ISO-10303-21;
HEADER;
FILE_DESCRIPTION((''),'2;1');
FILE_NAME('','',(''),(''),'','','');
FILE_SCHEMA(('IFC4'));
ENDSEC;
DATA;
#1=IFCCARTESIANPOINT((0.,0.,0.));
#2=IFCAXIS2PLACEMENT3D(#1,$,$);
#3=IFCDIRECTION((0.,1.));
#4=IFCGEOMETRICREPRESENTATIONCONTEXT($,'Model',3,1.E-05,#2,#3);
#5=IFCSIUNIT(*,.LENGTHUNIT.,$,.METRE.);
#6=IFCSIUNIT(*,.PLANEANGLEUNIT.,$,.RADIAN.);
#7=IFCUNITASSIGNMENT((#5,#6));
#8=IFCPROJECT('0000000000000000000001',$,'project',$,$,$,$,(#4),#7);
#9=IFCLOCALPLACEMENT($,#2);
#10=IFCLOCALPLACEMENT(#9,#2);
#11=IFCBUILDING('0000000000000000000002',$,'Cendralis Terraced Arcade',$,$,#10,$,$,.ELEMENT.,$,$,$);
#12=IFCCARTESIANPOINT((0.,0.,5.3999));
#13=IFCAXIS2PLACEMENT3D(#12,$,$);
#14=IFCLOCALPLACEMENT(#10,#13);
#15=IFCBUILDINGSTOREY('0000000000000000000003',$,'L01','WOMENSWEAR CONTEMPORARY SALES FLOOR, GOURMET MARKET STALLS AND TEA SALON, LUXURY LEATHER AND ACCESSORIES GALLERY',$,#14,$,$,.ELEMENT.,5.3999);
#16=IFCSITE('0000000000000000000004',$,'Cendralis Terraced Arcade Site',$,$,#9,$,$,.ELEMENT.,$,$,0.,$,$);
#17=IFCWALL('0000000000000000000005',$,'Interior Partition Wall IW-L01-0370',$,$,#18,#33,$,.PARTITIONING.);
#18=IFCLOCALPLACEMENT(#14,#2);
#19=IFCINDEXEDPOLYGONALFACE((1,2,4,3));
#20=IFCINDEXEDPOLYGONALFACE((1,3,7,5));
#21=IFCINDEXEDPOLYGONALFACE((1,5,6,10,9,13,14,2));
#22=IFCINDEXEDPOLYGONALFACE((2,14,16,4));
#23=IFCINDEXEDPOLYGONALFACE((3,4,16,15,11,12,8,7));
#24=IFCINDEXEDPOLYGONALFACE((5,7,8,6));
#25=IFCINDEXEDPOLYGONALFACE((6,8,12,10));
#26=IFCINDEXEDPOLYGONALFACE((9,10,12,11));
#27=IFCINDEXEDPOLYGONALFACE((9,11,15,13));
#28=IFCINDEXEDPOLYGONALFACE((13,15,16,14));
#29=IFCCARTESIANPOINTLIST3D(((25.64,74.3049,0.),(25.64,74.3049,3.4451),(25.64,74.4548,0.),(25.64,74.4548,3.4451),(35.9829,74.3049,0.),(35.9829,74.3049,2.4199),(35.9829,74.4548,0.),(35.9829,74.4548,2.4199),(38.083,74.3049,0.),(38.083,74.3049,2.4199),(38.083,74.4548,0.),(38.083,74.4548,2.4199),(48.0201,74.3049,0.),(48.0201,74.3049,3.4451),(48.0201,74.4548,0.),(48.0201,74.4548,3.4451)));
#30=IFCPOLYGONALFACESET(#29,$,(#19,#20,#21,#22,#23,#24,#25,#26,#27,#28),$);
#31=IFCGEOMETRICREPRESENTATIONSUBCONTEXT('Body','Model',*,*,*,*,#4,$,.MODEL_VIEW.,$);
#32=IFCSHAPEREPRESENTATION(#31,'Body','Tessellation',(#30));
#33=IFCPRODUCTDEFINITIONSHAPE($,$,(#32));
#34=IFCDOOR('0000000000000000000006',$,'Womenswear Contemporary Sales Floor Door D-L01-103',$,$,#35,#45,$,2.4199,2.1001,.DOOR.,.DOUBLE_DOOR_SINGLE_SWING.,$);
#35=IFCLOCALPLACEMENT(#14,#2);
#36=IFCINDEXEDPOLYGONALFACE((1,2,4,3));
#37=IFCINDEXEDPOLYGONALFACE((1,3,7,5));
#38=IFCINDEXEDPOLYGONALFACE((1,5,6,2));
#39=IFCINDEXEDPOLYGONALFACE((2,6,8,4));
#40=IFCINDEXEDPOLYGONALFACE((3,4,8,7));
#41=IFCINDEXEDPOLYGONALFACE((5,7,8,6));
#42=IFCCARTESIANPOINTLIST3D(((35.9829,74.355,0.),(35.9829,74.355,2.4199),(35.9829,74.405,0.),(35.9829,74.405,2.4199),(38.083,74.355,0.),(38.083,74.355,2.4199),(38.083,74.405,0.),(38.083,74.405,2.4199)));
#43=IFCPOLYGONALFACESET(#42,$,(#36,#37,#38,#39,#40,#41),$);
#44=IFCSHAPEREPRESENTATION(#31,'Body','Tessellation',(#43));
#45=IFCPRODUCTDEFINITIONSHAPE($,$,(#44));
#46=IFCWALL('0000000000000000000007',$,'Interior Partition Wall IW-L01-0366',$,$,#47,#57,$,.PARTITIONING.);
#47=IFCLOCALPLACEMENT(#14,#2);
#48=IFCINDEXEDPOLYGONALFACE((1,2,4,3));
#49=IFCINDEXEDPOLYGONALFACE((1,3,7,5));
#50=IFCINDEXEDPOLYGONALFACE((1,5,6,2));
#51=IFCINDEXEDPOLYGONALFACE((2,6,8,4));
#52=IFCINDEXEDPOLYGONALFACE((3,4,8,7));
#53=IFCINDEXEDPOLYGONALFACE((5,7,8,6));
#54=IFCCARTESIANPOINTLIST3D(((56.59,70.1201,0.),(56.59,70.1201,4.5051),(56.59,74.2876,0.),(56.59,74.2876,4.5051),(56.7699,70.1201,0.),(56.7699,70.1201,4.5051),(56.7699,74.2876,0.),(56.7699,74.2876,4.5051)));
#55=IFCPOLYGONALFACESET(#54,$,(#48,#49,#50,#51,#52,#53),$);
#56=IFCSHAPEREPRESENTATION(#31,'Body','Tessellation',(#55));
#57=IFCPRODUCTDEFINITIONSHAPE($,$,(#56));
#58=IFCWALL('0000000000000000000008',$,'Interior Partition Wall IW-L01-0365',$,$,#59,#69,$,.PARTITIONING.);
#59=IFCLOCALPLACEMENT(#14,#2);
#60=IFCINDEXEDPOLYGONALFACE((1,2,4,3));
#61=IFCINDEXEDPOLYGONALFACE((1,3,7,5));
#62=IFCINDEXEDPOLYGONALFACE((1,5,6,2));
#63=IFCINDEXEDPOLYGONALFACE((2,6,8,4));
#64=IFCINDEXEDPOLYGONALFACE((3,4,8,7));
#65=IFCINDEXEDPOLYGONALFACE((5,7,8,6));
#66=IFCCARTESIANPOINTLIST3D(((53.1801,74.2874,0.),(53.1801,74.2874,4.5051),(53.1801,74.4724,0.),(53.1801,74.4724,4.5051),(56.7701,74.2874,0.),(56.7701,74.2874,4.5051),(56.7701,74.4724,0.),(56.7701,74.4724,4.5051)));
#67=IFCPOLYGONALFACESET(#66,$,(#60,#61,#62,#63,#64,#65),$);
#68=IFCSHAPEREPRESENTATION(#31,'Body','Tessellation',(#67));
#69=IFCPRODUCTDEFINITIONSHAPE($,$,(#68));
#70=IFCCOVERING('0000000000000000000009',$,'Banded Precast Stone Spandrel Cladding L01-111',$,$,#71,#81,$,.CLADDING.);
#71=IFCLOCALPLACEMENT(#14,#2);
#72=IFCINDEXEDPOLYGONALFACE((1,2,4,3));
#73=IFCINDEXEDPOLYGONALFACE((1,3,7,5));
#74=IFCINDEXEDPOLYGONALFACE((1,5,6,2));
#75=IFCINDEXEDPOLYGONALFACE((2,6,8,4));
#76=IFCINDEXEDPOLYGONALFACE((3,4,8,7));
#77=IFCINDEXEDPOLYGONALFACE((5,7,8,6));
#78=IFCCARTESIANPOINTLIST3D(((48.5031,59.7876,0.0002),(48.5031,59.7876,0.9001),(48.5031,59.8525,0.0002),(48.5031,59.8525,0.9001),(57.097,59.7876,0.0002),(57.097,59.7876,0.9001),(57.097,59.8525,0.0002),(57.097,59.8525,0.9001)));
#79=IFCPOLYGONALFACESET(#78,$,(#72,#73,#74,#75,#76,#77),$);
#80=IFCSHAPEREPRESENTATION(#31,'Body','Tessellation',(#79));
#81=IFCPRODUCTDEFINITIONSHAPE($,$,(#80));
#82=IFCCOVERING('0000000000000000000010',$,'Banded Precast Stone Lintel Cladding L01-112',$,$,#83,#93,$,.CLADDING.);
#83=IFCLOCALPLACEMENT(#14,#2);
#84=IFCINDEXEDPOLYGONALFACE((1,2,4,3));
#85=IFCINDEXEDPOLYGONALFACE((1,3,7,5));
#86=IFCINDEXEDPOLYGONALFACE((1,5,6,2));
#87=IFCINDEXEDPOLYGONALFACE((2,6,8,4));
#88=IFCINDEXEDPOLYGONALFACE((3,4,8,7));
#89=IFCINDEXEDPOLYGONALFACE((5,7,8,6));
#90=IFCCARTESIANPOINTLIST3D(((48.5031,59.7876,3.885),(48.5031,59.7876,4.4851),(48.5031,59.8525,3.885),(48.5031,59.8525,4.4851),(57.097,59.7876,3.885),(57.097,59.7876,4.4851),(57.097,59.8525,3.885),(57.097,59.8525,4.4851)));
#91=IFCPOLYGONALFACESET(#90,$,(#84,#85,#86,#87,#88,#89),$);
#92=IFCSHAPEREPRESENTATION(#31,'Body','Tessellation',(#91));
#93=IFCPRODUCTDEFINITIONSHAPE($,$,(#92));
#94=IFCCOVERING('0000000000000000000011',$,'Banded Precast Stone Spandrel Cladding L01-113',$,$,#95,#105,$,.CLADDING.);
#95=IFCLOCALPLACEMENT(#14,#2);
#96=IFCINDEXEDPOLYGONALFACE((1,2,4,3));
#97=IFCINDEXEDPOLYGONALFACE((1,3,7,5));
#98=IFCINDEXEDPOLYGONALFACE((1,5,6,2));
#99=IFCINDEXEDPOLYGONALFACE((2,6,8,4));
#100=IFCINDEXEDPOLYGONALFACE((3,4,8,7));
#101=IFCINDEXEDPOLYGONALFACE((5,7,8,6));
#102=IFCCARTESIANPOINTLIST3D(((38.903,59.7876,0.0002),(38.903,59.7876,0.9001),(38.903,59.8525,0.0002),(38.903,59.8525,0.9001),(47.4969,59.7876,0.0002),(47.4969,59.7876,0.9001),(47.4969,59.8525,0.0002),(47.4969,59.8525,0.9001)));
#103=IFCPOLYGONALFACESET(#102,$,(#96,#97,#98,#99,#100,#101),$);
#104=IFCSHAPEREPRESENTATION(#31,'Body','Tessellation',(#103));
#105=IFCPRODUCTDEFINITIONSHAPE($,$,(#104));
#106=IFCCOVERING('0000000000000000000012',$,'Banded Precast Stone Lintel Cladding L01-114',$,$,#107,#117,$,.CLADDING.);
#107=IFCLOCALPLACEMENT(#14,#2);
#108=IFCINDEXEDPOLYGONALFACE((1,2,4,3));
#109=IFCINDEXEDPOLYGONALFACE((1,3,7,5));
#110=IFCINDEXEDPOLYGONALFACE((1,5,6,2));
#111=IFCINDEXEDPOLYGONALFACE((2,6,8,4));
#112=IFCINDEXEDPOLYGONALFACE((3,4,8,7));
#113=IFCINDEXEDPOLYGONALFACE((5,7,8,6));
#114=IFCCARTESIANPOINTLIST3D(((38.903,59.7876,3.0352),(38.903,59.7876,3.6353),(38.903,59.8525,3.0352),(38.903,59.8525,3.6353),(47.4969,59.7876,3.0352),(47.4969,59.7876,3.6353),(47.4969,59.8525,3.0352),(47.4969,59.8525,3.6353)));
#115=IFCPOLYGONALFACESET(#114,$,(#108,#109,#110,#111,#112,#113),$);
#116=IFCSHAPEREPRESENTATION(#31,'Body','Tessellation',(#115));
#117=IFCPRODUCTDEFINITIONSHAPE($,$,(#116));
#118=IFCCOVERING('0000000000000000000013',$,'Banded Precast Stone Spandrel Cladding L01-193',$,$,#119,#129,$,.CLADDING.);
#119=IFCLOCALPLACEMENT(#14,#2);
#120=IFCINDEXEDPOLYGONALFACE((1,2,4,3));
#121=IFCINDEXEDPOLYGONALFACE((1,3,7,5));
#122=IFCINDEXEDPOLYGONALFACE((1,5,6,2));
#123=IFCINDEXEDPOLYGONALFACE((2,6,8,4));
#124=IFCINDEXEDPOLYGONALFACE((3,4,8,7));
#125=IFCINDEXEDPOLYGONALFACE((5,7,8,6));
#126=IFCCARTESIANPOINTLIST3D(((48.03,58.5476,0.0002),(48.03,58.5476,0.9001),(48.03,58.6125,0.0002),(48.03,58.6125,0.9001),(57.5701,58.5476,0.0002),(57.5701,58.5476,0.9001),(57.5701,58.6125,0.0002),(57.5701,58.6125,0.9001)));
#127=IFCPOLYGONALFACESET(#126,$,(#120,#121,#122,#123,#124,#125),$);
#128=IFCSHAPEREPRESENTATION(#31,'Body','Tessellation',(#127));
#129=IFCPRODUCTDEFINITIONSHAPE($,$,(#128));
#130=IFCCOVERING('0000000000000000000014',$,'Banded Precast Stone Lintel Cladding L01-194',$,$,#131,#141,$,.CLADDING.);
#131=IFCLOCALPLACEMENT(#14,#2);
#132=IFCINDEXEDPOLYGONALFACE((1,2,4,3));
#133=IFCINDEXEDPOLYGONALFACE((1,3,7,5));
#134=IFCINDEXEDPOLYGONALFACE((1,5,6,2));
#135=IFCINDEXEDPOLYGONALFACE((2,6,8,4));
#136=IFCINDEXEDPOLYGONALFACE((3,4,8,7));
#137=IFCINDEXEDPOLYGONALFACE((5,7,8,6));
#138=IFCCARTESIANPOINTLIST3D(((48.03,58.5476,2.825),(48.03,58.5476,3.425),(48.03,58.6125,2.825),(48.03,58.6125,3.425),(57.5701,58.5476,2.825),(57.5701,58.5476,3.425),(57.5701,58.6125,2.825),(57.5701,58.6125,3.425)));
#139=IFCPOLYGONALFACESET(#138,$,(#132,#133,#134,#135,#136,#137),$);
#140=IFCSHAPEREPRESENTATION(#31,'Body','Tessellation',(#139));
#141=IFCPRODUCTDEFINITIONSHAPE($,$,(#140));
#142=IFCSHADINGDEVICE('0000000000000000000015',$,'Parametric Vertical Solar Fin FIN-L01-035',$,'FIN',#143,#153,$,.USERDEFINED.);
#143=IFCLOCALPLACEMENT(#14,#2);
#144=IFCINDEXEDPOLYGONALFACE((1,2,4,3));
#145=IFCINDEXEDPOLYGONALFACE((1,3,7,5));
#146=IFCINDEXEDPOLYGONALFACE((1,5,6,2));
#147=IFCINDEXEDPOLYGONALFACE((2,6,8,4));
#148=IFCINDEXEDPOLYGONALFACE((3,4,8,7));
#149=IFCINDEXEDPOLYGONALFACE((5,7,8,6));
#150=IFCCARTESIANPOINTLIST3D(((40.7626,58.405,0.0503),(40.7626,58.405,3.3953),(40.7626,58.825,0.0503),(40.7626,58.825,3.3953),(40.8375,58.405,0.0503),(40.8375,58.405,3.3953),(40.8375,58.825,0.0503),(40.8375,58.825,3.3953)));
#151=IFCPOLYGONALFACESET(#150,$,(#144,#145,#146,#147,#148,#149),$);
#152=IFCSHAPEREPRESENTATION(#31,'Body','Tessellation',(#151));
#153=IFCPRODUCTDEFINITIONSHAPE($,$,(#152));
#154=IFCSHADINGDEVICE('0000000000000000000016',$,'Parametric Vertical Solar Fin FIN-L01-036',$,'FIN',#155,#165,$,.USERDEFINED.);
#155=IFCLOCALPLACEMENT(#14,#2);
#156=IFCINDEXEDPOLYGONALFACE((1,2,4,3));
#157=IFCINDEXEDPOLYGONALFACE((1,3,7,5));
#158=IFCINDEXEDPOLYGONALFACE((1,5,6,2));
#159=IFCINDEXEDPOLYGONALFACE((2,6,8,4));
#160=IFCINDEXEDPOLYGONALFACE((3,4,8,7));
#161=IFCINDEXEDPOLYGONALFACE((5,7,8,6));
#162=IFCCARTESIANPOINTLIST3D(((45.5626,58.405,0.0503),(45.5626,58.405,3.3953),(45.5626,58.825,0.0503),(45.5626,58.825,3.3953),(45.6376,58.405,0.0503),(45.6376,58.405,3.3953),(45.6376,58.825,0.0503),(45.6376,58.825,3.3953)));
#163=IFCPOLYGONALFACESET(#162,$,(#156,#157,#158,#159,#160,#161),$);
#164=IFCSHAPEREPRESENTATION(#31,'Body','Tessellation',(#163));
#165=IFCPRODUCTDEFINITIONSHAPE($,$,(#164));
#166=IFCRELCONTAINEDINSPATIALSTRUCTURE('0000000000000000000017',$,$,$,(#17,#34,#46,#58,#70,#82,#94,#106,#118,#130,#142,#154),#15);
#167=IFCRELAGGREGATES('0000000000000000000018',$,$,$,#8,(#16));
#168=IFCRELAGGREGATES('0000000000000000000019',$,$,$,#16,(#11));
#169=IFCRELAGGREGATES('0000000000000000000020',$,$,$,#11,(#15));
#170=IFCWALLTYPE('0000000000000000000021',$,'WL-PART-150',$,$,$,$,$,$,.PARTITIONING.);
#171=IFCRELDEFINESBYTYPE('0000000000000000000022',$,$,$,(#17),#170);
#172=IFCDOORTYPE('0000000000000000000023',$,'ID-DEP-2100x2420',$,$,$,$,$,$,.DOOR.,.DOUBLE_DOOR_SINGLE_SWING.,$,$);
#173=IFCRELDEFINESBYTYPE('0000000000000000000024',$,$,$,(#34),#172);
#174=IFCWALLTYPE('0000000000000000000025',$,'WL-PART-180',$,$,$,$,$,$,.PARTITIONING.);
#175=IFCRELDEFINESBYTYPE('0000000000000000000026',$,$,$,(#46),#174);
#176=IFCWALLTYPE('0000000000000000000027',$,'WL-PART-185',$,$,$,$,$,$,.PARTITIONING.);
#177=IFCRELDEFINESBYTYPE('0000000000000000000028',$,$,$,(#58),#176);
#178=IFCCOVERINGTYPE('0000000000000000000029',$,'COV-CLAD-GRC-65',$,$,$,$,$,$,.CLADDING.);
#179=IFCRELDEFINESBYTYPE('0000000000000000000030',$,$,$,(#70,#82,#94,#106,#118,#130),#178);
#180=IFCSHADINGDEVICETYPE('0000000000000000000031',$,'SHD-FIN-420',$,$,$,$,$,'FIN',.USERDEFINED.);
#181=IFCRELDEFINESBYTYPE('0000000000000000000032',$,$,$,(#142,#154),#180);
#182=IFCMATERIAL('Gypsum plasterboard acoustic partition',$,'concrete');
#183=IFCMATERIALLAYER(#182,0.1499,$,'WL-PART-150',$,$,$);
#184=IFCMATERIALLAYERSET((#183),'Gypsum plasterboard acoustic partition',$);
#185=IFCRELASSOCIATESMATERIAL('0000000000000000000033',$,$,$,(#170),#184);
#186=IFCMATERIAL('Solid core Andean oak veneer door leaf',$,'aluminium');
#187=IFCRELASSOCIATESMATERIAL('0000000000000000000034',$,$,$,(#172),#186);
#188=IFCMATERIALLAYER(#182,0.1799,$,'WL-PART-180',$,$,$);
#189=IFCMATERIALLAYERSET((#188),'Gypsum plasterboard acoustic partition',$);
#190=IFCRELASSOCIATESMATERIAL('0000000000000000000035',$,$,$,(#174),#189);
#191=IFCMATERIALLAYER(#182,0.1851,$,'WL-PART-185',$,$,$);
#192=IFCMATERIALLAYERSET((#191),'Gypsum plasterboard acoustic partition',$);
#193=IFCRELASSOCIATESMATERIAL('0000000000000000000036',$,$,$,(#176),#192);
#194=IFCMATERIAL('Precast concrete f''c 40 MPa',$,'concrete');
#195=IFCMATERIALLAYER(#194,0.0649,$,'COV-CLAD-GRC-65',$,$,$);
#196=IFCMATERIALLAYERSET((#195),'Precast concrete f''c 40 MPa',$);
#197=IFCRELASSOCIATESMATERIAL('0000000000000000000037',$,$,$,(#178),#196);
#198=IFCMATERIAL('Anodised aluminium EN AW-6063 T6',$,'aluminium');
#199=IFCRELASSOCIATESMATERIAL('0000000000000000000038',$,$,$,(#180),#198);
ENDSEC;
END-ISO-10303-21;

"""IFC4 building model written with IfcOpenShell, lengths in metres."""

from ifc_helpers import new_model, si_unit, direction, frame, frame_2d, origin, origin_2d, place, context, subcontext, project, spatial, rectangle, extrude, material, layer, layer_set, type_object, element, fill, save


model = new_model("IFC4")

# Units and contexts
model_context = context("Model", 3, precision=1e-05, world=origin(), true_north=direction((0.0, 1.0)))
body_context = subcontext(model_context, "Body", "Model", "MODEL_VIEW")
ifc_project = project(units=[si_unit("LENGTHUNIT", "METRE"), si_unit("PLANEANGLEUNIT", "RADIAN")], contexts=[model_context])

# Site, building, storey
site_placement = place(None, origin())
site = spatial("IfcSite", under=ifc_project, at=site_placement, Name="Cendralis Terraced Arcade Site", CompositionType="ELEMENT", RefElevation=0.0)
building_placement = place(site_placement, origin())
building = spatial("IfcBuilding", under=site, at=building_placement, Name="Cendralis Terraced Arcade", CompositionType="ELEMENT")
storey_placement = place(building_placement, frame((0.0, 0.0, 5.3999)))
storey = spatial("IfcBuildingStorey", under=building, at=storey_placement, Name="L01", Description="WOMENSWEAR CONTEMPORARY SALES FLOOR, GOURMET MARKET STALLS AND TEA SALON, LUXURY LEATHER AND ACCESSORIES GALLERY", CompositionType="ELEMENT", Elevation=5.3999)

# Shared definitions
ifc_material_1 = material(Name="Anodised aluminium EN AW-6063 T6", Category="aluminium")

# Shared definitions
ifc_material_2 = material(Name="Gypsum plasterboard acoustic partition", Category="concrete")

# Shared definitions
ifc_material_3 = material(Name="Precast concrete f'c 40 MPa", Category="concrete")

# Wall, opening, door
ifc_layer_1 = layer(ifc_material_2, 0.1499, Name="WL-PART-150")
ifc_layer_set_1 = layer_set([ifc_layer_1], Name="Gypsum plasterboard acoustic partition")
wall_type_1 = type_object("IfcWallType", Name="WL-PART-150", PredefinedType="PARTITIONING", material=ifc_layer_set_1)
wall_1_placement = place(storey_placement, frame((48.02, 74.3799, 0.0), z_axis=(0.0, 0.0, 1.0), x_axis=(-1.0, 0.0, 0.0)))
wall_1 = element("IfcWall", 1, at=wall_1_placement, inside=storey, type_object=wall_type_1, Name="Interior Partition Wall IW-L01-0370", PredefinedType="PARTITIONING", context=body_context, shape_type="SweptSolid", body=[
    extrude(rectangle(XDim=22.3801, YDim=0.1499, at=frame_2d((11.1899, 0.0))), origin(), (0.0, 0.0, 1.0), 3.4451),
])
opening_1_placement = place(wall_1_placement, frame((9.937, 0.0, 0.0)))
opening_1 = element("IfcOpeningElement", 2, at=opening_1_placement, cuts=wall_1, PredefinedType="OPENING", context=body_context, shape_type="SweptSolid", body=[
    extrude(rectangle(XDim=2.1001, YDim=2.4199, at=frame_2d((1.05, 1.21))), frame((0.0, 0.0869, 0.0), z_axis=(0.0, -1.0, 0.0), x_axis=(1.0, 0.0, 0.0)), (0.0, 0.0, 1.0), 0.1738),
])
ifc_material_4 = material(Name="Solid core Andean oak veneer door leaf", Category="aluminium")
door_type = type_object("IfcDoorType", Name="ID-DEP-2100x2420", OperationType="DOUBLE_DOOR_SINGLE_SWING", PredefinedType="DOOR", material=ifc_material_4)
door_placement = place(opening_1_placement, origin())
door = element("IfcDoor", 3, at=door_placement, inside=storey, type_object=door_type, Name="Womenswear Contemporary Sales Floor Door D-L01-103", OperationType="DOUBLE_DOOR_SINGLE_SWING", OverallHeight=2.4199, OverallWidth=2.1001, PredefinedType="DOOR", context=body_context, shape_type="SweptSolid", body=[
    extrude(rectangle(XDim=2.1001, YDim=2.4199, at=frame_2d((1.05, 1.21))), frame((0.0, 0.0249, 0.0), z_axis=(0.0, -1.0, 0.0), x_axis=(1.0, 0.0, 0.0)), (0.0, 0.0, 1.0), 0.05),
])
fill(opening_1, door)

# Walls
ifc_layer_2 = layer(ifc_material_2, 0.1799, Name="WL-PART-180")
ifc_layer_set_2 = layer_set([ifc_layer_2], Name="Gypsum plasterboard acoustic partition")
wall_type_2 = type_object("IfcWallType", Name="WL-PART-180", PredefinedType="PARTITIONING", material=ifc_layer_set_2)
wall_2_placement = place(storey_placement, frame((56.6799, 70.1201, 0.0), z_axis=(0.0, 0.0, 1.0), x_axis=(0.0, 1.0, 0.0)))
element("IfcWall", 4, at=wall_2_placement, inside=storey, type_object=wall_type_2, Name="Interior Partition Wall IW-L01-0366", PredefinedType="PARTITIONING", context=body_context, shape_type="SweptSolid", body=[
    extrude(rectangle(XDim=4.1675, YDim=0.1799, at=frame_2d((2.0837, 0.0))), origin(), (0.0, 0.0, 1.0), 4.5051),
])
ifc_layer_3 = layer(ifc_material_2, 0.1851, Name="WL-PART-185")
ifc_layer_set_3 = layer_set([ifc_layer_3], Name="Gypsum plasterboard acoustic partition")
wall_type_3 = type_object("IfcWallType", Name="WL-PART-185", PredefinedType="PARTITIONING", material=ifc_layer_set_3)
wall_3_placement = place(storey_placement, frame((56.77, 74.3799, 0.0), z_axis=(0.0, 0.0, 1.0), x_axis=(-1.0, 0.0, 0.0)))
element("IfcWall", 5, at=wall_3_placement, inside=storey, type_object=wall_type_3, Name="Interior Partition Wall IW-L01-0365", PredefinedType="PARTITIONING", context=body_context, shape_type="SweptSolid", body=[
    extrude(rectangle(XDim=3.5901, YDim=0.1851, at=frame_2d((1.7949, 0.0))), origin(), (0.0, 0.0, 1.0), 4.5051),
])

# Coverings
ifc_layer_4 = layer(ifc_material_3, 0.0649, Name="COV-CLAD-GRC-65")
ifc_layer_set_4 = layer_set([ifc_layer_4], Name="Precast concrete f'c 40 MPa")
covering_type = type_object("IfcCoveringType", Name="COV-CLAD-GRC-65", PredefinedType="CLADDING", material=ifc_layer_set_4)
covering_1_placement = place(storey_placement, frame((52.8, 59.8201, 0.0002), z_axis=(0.0, 0.0, 1.0), x_axis=(-1.0, 0.0, 0.0)))
element("IfcCovering", 6, at=covering_1_placement, inside=storey, type_object=covering_type, Name="Banded Precast Stone Spandrel Cladding L01-111", PredefinedType="CLADDING", context=body_context, shape_type="SweptSolid", body=[
    extrude(rectangle(XDim=8.594, YDim=0.0649, at=origin_2d()), origin(), (0.0, 0.0, 1.0), 0.8999),
])
covering_2_placement = place(storey_placement, frame((52.8, 59.8201, 3.885), z_axis=(0.0, 0.0, 1.0), x_axis=(-1.0, 0.0, 0.0)))
element("IfcCovering", 7, at=covering_2_placement, inside=storey, type_object=covering_type, Name="Banded Precast Stone Lintel Cladding L01-112", PredefinedType="CLADDING", context=body_context, shape_type="SweptSolid", body=[
    extrude(rectangle(XDim=8.594, YDim=0.0649, at=origin_2d()), origin(), (0.0, 0.0, 1.0), 0.6001),
])
covering_3_placement = place(storey_placement, frame((43.2, 59.8201, 0.0002), z_axis=(0.0, 0.0, 1.0), x_axis=(-1.0, 0.0, 0.0)))
element("IfcCovering", 8, at=covering_3_placement, inside=storey, type_object=covering_type, Name="Banded Precast Stone Spandrel Cladding L01-113", PredefinedType="CLADDING", context=body_context, shape_type="SweptSolid", body=[
    extrude(rectangle(XDim=8.594, YDim=0.0649, at=origin_2d()), origin(), (0.0, 0.0, 1.0), 0.8999),
])
covering_4_placement = place(storey_placement, frame((43.2, 59.8201, 3.0352), z_axis=(0.0, 0.0, 1.0), x_axis=(-1.0, 0.0, 0.0)))
element("IfcCovering", 9, at=covering_4_placement, inside=storey, type_object=covering_type, Name="Banded Precast Stone Lintel Cladding L01-114", PredefinedType="CLADDING", context=body_context, shape_type="SweptSolid", body=[
    extrude(rectangle(XDim=8.594, YDim=0.0649, at=origin_2d()), origin(), (0.0, 0.0, 1.0), 0.6001),
])
covering_5_placement = place(storey_placement, frame((52.8, 58.5801, 0.0002), z_axis=(0.0, 0.0, 1.0), x_axis=(1.0, 0.0, 0.0)))
element("IfcCovering", 10, at=covering_5_placement, inside=storey, type_object=covering_type, Name="Banded Precast Stone Spandrel Cladding L01-193", PredefinedType="CLADDING", context=body_context, shape_type="SweptSolid", body=[
    extrude(rectangle(XDim=9.54, YDim=0.0649, at=origin_2d()), origin(), (0.0, 0.0, 1.0), 0.8999),
])
covering_6_placement = place(storey_placement, frame((52.8, 58.5801, 2.825), z_axis=(0.0, 0.0, 1.0), x_axis=(1.0, 0.0, 0.0)))
element("IfcCovering", 11, at=covering_6_placement, inside=storey, type_object=covering_type, Name="Banded Precast Stone Lintel Cladding L01-194", PredefinedType="CLADDING", context=body_context, shape_type="SweptSolid", body=[
    extrude(rectangle(XDim=9.54, YDim=0.0649, at=origin_2d()), origin(), (0.0, 0.0, 1.0), 0.6001),
])

# Shading devices
shading_device_type = type_object("IfcShadingDeviceType", Name="SHD-FIN-420", ElementType="FIN", PredefinedType="USERDEFINED", material=ifc_material_1)
for number, where, z_axis, x_axis, name in (
    (12, (40.8, 58.615, 0.0503), (0.0, 0.0, 1.0), (1.0, 0.0, 0.0), "Parametric Vertical Solar Fin FIN-L01-035"),
    (13, (45.6001, 58.615, 0.0503), (0.0, 0.0, 1.0), (1.0, 0.0, 0.0), "Parametric Vertical Solar Fin FIN-L01-036"),
):
    element("IfcShadingDevice", number, at=place(storey_placement, frame(where, z_axis=z_axis, x_axis=x_axis)), inside=storey, type_object=shading_device_type, Name=name, ObjectType="FIN", PredefinedType="USERDEFINED", context=body_context, shape_type="SweptSolid", body=[
        extrude(rectangle(XDim=0.075, YDim=0.4199, at=origin_2d()), origin(), (0.0, 0.0, 1.0), 3.345),
    ])

save(model, "model.ifc")
